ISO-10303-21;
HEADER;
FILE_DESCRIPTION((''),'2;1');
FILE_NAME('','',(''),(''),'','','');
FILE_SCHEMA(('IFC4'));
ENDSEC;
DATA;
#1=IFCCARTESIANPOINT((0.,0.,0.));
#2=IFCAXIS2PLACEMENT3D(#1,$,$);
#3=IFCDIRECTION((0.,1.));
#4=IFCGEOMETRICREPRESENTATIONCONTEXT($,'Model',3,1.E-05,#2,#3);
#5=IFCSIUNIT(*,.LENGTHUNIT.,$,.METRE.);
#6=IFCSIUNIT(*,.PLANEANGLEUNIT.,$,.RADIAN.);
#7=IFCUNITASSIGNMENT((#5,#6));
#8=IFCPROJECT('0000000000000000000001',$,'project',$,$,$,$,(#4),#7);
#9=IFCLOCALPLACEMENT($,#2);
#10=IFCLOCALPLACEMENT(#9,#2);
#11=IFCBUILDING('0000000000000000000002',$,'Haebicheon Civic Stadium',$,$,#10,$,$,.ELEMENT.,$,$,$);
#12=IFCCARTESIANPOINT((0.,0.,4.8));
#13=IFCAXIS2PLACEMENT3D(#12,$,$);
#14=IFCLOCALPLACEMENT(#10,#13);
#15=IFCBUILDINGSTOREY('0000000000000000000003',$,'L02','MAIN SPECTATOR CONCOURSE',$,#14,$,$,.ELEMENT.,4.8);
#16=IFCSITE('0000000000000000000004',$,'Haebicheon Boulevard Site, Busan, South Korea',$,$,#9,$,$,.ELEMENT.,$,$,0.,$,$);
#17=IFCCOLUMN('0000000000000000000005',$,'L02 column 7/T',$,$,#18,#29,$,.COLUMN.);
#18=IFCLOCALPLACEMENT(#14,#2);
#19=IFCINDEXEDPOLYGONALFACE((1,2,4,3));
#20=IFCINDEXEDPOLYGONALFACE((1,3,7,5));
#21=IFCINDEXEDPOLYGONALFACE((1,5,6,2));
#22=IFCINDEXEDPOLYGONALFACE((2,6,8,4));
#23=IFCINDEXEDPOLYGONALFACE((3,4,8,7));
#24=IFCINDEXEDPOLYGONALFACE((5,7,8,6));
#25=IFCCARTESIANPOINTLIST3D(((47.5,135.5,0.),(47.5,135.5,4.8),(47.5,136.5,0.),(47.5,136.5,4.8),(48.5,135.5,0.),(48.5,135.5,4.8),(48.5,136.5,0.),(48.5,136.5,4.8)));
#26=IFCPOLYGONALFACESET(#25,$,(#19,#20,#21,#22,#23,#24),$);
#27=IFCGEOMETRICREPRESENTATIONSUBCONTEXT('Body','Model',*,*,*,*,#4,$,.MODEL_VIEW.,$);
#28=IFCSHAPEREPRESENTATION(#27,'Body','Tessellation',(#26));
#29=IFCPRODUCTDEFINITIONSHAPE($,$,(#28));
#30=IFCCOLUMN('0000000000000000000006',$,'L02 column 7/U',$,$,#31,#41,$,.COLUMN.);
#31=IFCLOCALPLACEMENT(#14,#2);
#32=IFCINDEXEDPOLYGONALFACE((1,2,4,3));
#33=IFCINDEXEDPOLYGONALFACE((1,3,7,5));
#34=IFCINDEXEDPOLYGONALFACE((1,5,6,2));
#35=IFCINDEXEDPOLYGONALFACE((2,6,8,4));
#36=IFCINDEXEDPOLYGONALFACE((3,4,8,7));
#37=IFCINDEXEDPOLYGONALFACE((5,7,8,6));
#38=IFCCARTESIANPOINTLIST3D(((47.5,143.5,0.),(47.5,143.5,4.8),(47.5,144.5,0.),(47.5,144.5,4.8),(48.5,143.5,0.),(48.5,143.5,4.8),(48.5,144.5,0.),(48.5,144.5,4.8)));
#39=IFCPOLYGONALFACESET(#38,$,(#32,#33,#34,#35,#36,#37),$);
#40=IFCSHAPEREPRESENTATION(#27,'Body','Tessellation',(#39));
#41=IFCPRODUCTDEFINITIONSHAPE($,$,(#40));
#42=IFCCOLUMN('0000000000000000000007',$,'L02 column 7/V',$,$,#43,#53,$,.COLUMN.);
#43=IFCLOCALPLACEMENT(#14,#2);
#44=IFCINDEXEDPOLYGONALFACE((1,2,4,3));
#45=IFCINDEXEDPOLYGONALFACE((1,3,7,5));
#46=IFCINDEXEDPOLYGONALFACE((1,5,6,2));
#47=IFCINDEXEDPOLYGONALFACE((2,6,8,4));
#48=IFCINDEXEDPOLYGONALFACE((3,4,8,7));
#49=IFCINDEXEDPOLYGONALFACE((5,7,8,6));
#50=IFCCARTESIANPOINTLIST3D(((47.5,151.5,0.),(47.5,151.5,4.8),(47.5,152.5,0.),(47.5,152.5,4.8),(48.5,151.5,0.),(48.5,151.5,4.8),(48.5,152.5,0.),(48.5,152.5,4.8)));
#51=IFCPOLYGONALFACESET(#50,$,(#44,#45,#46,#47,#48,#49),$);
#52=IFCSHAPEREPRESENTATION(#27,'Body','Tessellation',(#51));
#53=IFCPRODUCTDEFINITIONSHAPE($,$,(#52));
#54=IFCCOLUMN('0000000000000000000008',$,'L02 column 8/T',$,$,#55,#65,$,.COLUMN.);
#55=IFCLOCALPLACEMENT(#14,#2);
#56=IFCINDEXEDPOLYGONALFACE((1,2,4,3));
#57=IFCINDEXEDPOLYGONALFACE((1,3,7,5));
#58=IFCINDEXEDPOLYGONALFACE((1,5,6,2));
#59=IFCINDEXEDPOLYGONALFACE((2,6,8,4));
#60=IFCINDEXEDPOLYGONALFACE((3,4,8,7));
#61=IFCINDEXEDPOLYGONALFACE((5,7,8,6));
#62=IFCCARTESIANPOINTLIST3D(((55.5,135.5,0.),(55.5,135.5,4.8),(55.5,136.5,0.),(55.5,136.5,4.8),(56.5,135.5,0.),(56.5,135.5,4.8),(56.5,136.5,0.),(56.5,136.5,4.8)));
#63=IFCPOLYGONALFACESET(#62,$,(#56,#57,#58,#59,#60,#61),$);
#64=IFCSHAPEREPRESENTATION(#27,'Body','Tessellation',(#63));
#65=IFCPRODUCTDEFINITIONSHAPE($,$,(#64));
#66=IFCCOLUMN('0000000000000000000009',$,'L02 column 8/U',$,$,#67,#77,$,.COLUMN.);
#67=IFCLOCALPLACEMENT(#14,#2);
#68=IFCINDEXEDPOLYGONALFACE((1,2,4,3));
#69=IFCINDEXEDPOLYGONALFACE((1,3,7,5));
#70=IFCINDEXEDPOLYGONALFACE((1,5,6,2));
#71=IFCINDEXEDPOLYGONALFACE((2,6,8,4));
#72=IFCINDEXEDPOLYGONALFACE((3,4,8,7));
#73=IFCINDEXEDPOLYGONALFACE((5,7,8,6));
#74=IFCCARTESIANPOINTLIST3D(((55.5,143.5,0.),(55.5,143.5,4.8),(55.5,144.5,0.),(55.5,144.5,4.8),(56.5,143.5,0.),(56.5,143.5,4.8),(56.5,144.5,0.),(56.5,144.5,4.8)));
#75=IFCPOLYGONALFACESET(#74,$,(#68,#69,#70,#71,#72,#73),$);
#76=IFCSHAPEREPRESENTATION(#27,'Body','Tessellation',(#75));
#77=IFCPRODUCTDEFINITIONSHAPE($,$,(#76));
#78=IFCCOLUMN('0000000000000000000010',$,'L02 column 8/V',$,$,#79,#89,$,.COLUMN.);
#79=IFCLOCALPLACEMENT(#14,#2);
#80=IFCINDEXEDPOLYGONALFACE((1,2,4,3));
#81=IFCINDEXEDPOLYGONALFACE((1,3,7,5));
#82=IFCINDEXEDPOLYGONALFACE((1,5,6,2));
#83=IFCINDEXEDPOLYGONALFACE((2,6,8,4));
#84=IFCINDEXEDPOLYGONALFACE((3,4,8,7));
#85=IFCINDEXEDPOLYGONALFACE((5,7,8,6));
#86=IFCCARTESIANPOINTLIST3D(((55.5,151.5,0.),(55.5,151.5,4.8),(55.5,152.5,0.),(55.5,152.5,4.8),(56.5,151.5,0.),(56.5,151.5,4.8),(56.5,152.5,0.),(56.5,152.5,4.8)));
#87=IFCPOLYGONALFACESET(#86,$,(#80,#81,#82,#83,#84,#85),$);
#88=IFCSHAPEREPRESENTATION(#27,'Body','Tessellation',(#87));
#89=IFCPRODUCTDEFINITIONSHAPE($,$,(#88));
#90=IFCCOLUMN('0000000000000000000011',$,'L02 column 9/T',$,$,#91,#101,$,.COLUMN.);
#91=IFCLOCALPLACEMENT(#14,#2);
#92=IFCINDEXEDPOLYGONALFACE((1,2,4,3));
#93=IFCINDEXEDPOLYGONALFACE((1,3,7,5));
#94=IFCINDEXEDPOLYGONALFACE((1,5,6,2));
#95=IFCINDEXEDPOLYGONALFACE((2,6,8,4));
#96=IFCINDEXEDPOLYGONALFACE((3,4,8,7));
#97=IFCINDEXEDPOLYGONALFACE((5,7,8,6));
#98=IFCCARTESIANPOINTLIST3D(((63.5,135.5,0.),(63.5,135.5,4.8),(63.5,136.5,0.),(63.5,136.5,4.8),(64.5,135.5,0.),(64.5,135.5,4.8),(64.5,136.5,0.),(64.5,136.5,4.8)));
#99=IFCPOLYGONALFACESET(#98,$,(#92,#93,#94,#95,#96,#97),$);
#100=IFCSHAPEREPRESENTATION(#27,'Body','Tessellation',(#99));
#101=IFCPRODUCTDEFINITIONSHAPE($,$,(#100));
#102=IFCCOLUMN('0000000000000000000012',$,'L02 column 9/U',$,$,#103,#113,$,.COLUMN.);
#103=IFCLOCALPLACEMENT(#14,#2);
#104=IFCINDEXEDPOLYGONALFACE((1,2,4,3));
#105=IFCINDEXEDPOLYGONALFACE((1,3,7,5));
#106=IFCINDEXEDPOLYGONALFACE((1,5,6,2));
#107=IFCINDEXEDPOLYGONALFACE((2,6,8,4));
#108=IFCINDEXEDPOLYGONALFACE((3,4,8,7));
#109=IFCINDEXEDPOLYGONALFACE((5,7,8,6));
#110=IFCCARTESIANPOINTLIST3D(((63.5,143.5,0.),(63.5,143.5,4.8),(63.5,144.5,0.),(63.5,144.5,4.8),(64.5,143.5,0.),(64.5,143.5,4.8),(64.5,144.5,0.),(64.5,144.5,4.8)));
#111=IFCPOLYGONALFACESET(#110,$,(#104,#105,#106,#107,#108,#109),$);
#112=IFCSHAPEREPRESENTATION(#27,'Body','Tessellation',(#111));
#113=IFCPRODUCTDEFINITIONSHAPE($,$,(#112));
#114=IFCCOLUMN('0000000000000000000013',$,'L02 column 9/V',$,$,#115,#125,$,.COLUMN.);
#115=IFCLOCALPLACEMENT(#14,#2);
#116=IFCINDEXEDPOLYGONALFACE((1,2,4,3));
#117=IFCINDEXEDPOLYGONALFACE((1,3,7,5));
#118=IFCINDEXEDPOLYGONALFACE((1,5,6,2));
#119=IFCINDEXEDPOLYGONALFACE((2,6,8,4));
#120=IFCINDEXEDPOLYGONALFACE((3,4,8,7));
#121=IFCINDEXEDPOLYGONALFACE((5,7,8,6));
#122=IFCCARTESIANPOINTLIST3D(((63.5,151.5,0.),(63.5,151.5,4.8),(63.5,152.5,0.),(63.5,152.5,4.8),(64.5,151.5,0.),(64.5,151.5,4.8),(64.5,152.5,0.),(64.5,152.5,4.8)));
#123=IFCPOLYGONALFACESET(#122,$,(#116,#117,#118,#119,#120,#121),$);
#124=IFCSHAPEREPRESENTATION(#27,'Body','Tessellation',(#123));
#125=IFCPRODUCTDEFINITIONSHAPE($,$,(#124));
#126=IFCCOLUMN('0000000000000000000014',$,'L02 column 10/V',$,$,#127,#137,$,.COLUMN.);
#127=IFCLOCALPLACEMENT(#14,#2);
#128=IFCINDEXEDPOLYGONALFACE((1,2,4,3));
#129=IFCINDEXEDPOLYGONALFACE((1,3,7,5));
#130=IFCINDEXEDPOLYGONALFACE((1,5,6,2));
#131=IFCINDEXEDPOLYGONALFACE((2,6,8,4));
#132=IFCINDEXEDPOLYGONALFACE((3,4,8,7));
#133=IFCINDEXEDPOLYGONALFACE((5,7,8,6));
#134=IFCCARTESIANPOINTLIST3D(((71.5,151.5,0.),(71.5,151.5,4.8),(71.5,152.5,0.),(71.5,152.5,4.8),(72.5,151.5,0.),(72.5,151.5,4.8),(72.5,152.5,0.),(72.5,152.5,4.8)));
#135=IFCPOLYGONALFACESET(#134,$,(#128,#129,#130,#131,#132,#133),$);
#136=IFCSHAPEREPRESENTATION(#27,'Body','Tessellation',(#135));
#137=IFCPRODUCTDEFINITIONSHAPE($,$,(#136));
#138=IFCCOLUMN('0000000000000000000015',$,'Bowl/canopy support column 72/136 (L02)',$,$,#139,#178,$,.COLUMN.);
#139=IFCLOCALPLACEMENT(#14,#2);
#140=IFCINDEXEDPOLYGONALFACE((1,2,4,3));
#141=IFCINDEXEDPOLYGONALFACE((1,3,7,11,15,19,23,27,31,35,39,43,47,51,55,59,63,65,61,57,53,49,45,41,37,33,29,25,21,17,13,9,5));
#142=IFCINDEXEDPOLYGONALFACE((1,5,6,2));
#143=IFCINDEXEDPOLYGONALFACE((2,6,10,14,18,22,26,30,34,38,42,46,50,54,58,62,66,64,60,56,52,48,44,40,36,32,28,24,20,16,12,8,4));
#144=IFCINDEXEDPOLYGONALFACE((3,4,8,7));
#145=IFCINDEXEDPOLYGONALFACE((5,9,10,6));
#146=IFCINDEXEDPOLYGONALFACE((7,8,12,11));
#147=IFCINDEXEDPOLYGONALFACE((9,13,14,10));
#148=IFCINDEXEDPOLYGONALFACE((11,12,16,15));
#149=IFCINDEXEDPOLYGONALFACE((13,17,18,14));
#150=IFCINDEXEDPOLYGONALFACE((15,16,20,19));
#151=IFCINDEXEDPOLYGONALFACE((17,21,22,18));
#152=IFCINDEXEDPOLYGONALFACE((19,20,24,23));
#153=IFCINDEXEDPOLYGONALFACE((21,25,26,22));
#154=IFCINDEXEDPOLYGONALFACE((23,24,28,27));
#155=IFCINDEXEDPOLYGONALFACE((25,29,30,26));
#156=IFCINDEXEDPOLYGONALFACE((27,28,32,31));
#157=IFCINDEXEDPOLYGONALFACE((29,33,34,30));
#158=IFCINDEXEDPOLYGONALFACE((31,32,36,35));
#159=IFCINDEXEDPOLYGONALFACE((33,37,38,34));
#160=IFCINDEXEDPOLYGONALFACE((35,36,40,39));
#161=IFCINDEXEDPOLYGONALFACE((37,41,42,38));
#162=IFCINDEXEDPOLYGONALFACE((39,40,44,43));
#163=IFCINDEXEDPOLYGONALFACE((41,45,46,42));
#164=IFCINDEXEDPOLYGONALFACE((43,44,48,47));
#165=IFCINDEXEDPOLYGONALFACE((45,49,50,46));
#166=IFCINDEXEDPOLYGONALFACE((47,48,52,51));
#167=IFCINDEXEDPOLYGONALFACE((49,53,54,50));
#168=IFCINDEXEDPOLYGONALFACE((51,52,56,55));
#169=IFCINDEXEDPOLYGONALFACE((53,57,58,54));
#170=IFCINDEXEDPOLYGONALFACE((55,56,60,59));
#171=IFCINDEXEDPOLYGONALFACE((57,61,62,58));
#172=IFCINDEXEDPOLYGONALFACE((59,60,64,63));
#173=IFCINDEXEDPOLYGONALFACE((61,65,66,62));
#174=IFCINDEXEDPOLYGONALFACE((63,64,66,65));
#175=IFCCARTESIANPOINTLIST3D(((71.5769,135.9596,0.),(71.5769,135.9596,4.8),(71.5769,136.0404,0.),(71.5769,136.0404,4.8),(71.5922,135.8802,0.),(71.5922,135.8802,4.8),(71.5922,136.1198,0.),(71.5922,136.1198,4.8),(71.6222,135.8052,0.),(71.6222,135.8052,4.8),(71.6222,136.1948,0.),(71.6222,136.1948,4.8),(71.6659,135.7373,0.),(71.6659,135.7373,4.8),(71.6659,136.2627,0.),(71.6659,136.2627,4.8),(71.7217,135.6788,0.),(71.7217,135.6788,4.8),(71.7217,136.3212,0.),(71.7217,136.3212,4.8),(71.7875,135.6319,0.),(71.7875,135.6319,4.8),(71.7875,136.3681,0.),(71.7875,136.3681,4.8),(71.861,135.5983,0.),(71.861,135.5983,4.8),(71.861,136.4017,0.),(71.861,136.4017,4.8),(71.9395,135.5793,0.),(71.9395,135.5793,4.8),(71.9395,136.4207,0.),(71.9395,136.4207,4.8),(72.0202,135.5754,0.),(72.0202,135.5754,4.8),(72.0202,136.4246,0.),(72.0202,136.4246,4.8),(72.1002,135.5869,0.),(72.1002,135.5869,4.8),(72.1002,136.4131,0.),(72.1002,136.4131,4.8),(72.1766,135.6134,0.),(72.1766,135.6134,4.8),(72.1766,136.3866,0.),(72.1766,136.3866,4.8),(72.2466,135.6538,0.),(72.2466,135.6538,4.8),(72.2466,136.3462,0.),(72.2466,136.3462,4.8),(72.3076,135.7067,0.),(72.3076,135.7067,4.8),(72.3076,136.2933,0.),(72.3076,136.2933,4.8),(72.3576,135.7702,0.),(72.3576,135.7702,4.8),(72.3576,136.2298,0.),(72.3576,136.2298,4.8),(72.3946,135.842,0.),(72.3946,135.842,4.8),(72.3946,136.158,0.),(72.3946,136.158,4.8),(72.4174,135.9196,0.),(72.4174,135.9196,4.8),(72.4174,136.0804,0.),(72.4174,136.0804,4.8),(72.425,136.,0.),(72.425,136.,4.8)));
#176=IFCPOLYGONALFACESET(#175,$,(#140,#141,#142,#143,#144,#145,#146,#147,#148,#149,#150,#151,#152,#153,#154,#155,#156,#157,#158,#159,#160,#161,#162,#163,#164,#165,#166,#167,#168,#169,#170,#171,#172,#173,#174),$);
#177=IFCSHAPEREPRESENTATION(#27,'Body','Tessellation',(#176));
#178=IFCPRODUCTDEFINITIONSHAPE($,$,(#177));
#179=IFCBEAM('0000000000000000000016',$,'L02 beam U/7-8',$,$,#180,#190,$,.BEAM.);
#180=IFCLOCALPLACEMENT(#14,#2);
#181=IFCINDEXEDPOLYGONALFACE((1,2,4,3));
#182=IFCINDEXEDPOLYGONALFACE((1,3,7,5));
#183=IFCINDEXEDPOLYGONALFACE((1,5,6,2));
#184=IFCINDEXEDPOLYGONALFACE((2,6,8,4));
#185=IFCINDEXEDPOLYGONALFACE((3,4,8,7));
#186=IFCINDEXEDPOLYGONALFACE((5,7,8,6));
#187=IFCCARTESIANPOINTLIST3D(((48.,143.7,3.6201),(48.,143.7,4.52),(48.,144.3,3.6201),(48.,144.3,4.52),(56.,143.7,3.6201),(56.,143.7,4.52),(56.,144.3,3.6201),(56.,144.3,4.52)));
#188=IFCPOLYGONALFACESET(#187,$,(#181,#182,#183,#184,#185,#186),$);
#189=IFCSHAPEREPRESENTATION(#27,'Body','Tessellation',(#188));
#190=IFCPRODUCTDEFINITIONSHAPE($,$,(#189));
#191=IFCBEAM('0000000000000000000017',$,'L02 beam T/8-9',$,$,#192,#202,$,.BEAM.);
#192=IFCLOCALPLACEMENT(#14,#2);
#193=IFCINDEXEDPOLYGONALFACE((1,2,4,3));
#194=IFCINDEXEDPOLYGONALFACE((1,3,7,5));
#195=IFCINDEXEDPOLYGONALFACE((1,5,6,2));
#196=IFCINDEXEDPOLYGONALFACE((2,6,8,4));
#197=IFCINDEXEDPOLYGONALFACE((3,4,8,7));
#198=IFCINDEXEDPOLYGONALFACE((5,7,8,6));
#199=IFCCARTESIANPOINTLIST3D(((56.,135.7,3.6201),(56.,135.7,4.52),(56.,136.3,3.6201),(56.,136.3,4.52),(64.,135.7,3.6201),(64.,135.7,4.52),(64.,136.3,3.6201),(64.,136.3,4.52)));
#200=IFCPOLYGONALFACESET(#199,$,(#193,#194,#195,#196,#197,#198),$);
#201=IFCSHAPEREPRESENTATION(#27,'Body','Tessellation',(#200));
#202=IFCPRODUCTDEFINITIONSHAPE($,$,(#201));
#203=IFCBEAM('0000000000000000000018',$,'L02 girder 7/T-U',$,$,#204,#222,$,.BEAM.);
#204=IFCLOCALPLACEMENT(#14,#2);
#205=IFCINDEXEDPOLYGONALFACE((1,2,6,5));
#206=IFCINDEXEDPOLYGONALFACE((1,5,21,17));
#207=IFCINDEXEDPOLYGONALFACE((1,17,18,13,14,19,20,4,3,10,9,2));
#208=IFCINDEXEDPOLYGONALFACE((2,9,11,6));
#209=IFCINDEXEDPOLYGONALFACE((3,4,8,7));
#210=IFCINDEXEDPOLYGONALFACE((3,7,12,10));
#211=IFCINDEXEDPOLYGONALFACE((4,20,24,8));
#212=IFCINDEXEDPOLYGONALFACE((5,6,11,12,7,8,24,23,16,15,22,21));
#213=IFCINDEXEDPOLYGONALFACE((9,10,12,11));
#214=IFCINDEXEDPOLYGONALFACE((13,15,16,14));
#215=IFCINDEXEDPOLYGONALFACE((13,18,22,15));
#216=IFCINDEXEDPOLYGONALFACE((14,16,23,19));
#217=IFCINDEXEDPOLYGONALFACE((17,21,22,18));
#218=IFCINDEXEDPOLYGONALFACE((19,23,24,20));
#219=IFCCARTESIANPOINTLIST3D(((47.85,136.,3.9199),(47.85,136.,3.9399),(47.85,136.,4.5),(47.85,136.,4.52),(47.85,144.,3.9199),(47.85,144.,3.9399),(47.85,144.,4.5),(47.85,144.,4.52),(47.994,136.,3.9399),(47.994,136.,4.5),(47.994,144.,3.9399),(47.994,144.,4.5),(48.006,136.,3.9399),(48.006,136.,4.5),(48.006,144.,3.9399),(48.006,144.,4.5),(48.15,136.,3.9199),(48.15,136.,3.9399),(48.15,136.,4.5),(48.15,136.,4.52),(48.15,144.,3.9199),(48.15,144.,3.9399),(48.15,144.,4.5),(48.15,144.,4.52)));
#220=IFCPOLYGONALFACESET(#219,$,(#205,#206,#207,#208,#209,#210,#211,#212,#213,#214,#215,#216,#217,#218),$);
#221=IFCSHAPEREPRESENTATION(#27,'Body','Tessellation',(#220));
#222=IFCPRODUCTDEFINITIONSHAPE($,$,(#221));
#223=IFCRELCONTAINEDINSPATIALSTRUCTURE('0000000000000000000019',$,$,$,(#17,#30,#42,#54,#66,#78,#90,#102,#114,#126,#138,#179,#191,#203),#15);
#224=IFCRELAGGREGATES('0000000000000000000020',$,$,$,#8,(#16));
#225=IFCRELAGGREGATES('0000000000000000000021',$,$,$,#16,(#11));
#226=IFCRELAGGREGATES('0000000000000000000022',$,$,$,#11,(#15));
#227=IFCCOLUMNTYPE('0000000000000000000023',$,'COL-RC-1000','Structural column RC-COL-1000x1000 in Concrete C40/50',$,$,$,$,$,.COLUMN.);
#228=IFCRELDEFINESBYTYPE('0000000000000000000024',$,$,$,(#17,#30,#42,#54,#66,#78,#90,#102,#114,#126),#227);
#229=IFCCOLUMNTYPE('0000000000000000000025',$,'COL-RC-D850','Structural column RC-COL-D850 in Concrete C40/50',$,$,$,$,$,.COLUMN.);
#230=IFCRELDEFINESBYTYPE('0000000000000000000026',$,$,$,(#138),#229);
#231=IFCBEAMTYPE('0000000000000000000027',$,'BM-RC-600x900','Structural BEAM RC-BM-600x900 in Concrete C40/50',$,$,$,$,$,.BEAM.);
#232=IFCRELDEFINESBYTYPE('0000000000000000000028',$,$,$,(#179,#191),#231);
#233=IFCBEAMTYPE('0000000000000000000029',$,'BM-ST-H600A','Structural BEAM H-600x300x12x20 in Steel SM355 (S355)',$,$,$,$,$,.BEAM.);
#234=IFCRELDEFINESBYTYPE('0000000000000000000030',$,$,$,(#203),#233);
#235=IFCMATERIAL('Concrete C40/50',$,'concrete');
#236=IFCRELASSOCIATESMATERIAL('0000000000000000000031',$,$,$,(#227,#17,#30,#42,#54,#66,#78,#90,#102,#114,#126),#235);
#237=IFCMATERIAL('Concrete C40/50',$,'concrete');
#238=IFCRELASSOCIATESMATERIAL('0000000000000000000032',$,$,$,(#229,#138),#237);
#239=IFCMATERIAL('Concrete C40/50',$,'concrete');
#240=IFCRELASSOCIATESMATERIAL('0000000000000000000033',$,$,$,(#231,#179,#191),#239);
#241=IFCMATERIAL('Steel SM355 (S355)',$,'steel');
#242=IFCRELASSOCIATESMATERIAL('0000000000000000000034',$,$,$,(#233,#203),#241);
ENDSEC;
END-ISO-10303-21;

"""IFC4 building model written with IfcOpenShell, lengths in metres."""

from ifc_helpers import new_model, si_unit, direction, frame, origin, origin_2d, place, context, subcontext, project, spatial, rectangle, circle, i_section, extrude, material, material_profile, profile_set, type_object, element, save


model = new_model("IFC4")

# Units and contexts
model_context = context("Model", 3, precision=1e-05, world=origin(), true_north=direction((0.0, 1.0)))
body_context = subcontext(model_context, "Body", "Model", "MODEL_VIEW")
ifc_project = project(units=[si_unit("LENGTHUNIT", "METRE"), si_unit("PLANEANGLEUNIT", "RADIAN")], contexts=[model_context])

# Site, building, storey
site_placement = place(None, origin())
site = spatial("IfcSite", under=ifc_project, at=site_placement, Name="Haebicheon Boulevard Site, Busan, South Korea", CompositionType="ELEMENT", RefElevation=0.0)
building_placement = place(site_placement, origin())
building = spatial("IfcBuilding", under=site, at=building_placement, Name="Haebicheon Civic Stadium", CompositionType="ELEMENT")
storey_placement = place(building_placement, frame((0.0, 0.0, 4.8)))
storey = spatial("IfcBuildingStorey", under=building, at=storey_placement, Name="L02", Description="MAIN SPECTATOR CONCOURSE", CompositionType="ELEMENT", Elevation=4.8)

# Columns
ifc_material_1 = material(Name="Concrete C40/50", Category="concrete")
ifc_material_profile_1 = material_profile(ifc_material_1, rectangle(XDim=1.0, YDim=1.0, at=origin_2d()), Name="RC-COL-1000x1000")
ifc_profile_set_1 = profile_set([ifc_material_profile_1], Name="Concrete C40/50")
column_type_1 = type_object("IfcColumnType", Name="COL-RC-1000", Description="Structural column RC-COL-1000x1000 in Concrete C40/50", PredefinedType="COLUMN", material=ifc_profile_set_1)
for number, where, z_axis, x_axis, name in (
    (1, (48.0, 136.0, 0.0), (0.0, 0.0, 1.0), (1.0, 0.0, 0.0), "L02 column 7/T"),
    (2, (48.0, 144.0, 0.0), (0.0, 0.0, 1.0), (1.0, 0.0, 0.0), "L02 column 7/U"),
    (3, (48.0, 152.0, 0.0), (0.0, 0.0, 1.0), (1.0, 0.0, 0.0), "L02 column 7/V"),
    (4, (56.0, 136.0, 0.0), (0.0, 0.0, 1.0), (1.0, 0.0, 0.0), "L02 column 8/T"),
    (5, (56.0, 144.0, 0.0), (0.0, 0.0, 1.0), (1.0, 0.0, 0.0), "L02 column 8/U"),
    (6, (56.0, 152.0, 0.0), (0.0, 0.0, 1.0), (1.0, 0.0, 0.0), "L02 column 8/V"),
    (7, (64.0, 136.0, 0.0), (0.0, 0.0, 1.0), (1.0, 0.0, 0.0), "L02 column 9/T"),
    (8, (64.0, 144.0, 0.0), (0.0, 0.0, 1.0), (1.0, 0.0, 0.0), "L02 column 9/U"),
    (9, (64.0, 152.0, 0.0), (0.0, 0.0, 1.0), (1.0, 0.0, 0.0), "L02 column 9/V"),
    (10, (72.0, 152.0, 0.0), (0.0, 0.0, 1.0), (1.0, 0.0, 0.0), "L02 column 10/V"),
):
    element("IfcColumn", number, at=place(storey_placement, frame(where, z_axis=z_axis, x_axis=x_axis)), inside=storey, type_object=column_type_1, material=ifc_profile_set_1, Name=name, PredefinedType="COLUMN", context=body_context, shape_type="SweptSolid", body=[
        extrude(rectangle(XDim=1.0, YDim=1.0, at=origin_2d()), origin(), (0.0, 0.0, 1.0), 4.8),
    ])
ifc_material_2 = material(Name="Concrete C40/50", Category="concrete")
ifc_material_profile_2 = material_profile(ifc_material_2, circle(Radius=0.425, at=origin_2d()), Name="RC-COL-D850")
ifc_profile_set_2 = profile_set([ifc_material_profile_2], Name="Concrete C40/50")
column_type_2 = type_object("IfcColumnType", Name="COL-RC-D850", Description="Structural column RC-COL-D850 in Concrete C40/50", PredefinedType="COLUMN", material=ifc_profile_set_2)
column_placement = place(storey_placement, frame((72.0, 136.0, 0.0), z_axis=(0.0, 0.0, 1.0), x_axis=(1.0, 0.0, 0.0)))
element("IfcColumn", 11, at=column_placement, inside=storey, type_object=column_type_2, material=ifc_profile_set_2, Name="Bowl/canopy support column 72/136 (L02)", PredefinedType="COLUMN", context=body_context, shape_type="SweptSolid", body=[
    extrude(circle(Radius=0.425, at=origin_2d()), origin(), (0.0, 0.0, 1.0), 4.8),
])

# Beams
ifc_material_3 = material(Name="Concrete C40/50", Category="concrete")
ifc_material_profile_3 = material_profile(ifc_material_3, rectangle(XDim=0.6001, YDim=0.8999, at=origin_2d()), Name="RC-BM-600x900")
ifc_profile_set_3 = profile_set([ifc_material_profile_3], Name="Concrete C40/50")
beam_type_1 = type_object("IfcBeamType", Name="BM-RC-600x900", Description="Structural BEAM RC-BM-600x900 in Concrete C40/50", PredefinedType="BEAM", material=ifc_profile_set_3)
for number, where, z_axis, x_axis, name in (
    (12, (48.0, 144.0, 4.0701), (1.0, 0.0, 0.0), (0.0, 1.0, 0.0), "L02 beam U/7-8"),
    (13, (56.0, 136.0, 4.0701), (1.0, 0.0, 0.0), (0.0, 1.0, 0.0), "L02 beam T/8-9"),
):
    element("IfcBeam", number, at=place(storey_placement, frame(where, z_axis=z_axis, x_axis=x_axis)), inside=storey, type_object=beam_type_1, material=ifc_profile_set_3, Name=name, PredefinedType="BEAM", context=body_context, shape_type="SweptSolid", body=[
        extrude(rectangle(XDim=0.6001, YDim=0.8999, at=origin_2d()), origin(), (0.0, 0.0, 1.0), 8.0),
    ])
ifc_material_4 = material(Name="Steel SM355 (S355)", Category="steel")
ifc_material_profile_4 = material_profile(ifc_material_4, i_section(OverallWidth=0.3, OverallDepth=0.6001, WebThickness=0.012, FlangeThickness=0.02, at=origin_2d()), Name="H-600x300x12x20")
ifc_profile_set_4 = profile_set([ifc_material_profile_4], Name="Steel SM355 (S355)")
beam_type_2 = type_object("IfcBeamType", Name="BM-ST-H600A", Description="Structural BEAM H-600x300x12x20 in Steel SM355 (S355)", PredefinedType="BEAM", material=ifc_profile_set_4)
for number, where, z_axis, x_axis, name in (
    (14, (48.0, 136.0, 4.22), (0.0, 1.0, 0.0), (-1.0, 0.0, 0.0), "L02 girder 7/T-U"),
):
    element("IfcBeam", number, at=place(storey_placement, frame(where, z_axis=z_axis, x_axis=x_axis)), inside=storey, type_object=beam_type_2, material=ifc_profile_set_4, Name=name, PredefinedType="BEAM", context=body_context, shape_type="SweptSolid", body=[
        extrude(i_section(OverallWidth=0.3, OverallDepth=0.6001, WebThickness=0.012, FlangeThickness=0.02, at=origin_2d()), origin(), (0.0, 0.0, 1.0), 8.0),
    ])

save(model, "model.ifc")
